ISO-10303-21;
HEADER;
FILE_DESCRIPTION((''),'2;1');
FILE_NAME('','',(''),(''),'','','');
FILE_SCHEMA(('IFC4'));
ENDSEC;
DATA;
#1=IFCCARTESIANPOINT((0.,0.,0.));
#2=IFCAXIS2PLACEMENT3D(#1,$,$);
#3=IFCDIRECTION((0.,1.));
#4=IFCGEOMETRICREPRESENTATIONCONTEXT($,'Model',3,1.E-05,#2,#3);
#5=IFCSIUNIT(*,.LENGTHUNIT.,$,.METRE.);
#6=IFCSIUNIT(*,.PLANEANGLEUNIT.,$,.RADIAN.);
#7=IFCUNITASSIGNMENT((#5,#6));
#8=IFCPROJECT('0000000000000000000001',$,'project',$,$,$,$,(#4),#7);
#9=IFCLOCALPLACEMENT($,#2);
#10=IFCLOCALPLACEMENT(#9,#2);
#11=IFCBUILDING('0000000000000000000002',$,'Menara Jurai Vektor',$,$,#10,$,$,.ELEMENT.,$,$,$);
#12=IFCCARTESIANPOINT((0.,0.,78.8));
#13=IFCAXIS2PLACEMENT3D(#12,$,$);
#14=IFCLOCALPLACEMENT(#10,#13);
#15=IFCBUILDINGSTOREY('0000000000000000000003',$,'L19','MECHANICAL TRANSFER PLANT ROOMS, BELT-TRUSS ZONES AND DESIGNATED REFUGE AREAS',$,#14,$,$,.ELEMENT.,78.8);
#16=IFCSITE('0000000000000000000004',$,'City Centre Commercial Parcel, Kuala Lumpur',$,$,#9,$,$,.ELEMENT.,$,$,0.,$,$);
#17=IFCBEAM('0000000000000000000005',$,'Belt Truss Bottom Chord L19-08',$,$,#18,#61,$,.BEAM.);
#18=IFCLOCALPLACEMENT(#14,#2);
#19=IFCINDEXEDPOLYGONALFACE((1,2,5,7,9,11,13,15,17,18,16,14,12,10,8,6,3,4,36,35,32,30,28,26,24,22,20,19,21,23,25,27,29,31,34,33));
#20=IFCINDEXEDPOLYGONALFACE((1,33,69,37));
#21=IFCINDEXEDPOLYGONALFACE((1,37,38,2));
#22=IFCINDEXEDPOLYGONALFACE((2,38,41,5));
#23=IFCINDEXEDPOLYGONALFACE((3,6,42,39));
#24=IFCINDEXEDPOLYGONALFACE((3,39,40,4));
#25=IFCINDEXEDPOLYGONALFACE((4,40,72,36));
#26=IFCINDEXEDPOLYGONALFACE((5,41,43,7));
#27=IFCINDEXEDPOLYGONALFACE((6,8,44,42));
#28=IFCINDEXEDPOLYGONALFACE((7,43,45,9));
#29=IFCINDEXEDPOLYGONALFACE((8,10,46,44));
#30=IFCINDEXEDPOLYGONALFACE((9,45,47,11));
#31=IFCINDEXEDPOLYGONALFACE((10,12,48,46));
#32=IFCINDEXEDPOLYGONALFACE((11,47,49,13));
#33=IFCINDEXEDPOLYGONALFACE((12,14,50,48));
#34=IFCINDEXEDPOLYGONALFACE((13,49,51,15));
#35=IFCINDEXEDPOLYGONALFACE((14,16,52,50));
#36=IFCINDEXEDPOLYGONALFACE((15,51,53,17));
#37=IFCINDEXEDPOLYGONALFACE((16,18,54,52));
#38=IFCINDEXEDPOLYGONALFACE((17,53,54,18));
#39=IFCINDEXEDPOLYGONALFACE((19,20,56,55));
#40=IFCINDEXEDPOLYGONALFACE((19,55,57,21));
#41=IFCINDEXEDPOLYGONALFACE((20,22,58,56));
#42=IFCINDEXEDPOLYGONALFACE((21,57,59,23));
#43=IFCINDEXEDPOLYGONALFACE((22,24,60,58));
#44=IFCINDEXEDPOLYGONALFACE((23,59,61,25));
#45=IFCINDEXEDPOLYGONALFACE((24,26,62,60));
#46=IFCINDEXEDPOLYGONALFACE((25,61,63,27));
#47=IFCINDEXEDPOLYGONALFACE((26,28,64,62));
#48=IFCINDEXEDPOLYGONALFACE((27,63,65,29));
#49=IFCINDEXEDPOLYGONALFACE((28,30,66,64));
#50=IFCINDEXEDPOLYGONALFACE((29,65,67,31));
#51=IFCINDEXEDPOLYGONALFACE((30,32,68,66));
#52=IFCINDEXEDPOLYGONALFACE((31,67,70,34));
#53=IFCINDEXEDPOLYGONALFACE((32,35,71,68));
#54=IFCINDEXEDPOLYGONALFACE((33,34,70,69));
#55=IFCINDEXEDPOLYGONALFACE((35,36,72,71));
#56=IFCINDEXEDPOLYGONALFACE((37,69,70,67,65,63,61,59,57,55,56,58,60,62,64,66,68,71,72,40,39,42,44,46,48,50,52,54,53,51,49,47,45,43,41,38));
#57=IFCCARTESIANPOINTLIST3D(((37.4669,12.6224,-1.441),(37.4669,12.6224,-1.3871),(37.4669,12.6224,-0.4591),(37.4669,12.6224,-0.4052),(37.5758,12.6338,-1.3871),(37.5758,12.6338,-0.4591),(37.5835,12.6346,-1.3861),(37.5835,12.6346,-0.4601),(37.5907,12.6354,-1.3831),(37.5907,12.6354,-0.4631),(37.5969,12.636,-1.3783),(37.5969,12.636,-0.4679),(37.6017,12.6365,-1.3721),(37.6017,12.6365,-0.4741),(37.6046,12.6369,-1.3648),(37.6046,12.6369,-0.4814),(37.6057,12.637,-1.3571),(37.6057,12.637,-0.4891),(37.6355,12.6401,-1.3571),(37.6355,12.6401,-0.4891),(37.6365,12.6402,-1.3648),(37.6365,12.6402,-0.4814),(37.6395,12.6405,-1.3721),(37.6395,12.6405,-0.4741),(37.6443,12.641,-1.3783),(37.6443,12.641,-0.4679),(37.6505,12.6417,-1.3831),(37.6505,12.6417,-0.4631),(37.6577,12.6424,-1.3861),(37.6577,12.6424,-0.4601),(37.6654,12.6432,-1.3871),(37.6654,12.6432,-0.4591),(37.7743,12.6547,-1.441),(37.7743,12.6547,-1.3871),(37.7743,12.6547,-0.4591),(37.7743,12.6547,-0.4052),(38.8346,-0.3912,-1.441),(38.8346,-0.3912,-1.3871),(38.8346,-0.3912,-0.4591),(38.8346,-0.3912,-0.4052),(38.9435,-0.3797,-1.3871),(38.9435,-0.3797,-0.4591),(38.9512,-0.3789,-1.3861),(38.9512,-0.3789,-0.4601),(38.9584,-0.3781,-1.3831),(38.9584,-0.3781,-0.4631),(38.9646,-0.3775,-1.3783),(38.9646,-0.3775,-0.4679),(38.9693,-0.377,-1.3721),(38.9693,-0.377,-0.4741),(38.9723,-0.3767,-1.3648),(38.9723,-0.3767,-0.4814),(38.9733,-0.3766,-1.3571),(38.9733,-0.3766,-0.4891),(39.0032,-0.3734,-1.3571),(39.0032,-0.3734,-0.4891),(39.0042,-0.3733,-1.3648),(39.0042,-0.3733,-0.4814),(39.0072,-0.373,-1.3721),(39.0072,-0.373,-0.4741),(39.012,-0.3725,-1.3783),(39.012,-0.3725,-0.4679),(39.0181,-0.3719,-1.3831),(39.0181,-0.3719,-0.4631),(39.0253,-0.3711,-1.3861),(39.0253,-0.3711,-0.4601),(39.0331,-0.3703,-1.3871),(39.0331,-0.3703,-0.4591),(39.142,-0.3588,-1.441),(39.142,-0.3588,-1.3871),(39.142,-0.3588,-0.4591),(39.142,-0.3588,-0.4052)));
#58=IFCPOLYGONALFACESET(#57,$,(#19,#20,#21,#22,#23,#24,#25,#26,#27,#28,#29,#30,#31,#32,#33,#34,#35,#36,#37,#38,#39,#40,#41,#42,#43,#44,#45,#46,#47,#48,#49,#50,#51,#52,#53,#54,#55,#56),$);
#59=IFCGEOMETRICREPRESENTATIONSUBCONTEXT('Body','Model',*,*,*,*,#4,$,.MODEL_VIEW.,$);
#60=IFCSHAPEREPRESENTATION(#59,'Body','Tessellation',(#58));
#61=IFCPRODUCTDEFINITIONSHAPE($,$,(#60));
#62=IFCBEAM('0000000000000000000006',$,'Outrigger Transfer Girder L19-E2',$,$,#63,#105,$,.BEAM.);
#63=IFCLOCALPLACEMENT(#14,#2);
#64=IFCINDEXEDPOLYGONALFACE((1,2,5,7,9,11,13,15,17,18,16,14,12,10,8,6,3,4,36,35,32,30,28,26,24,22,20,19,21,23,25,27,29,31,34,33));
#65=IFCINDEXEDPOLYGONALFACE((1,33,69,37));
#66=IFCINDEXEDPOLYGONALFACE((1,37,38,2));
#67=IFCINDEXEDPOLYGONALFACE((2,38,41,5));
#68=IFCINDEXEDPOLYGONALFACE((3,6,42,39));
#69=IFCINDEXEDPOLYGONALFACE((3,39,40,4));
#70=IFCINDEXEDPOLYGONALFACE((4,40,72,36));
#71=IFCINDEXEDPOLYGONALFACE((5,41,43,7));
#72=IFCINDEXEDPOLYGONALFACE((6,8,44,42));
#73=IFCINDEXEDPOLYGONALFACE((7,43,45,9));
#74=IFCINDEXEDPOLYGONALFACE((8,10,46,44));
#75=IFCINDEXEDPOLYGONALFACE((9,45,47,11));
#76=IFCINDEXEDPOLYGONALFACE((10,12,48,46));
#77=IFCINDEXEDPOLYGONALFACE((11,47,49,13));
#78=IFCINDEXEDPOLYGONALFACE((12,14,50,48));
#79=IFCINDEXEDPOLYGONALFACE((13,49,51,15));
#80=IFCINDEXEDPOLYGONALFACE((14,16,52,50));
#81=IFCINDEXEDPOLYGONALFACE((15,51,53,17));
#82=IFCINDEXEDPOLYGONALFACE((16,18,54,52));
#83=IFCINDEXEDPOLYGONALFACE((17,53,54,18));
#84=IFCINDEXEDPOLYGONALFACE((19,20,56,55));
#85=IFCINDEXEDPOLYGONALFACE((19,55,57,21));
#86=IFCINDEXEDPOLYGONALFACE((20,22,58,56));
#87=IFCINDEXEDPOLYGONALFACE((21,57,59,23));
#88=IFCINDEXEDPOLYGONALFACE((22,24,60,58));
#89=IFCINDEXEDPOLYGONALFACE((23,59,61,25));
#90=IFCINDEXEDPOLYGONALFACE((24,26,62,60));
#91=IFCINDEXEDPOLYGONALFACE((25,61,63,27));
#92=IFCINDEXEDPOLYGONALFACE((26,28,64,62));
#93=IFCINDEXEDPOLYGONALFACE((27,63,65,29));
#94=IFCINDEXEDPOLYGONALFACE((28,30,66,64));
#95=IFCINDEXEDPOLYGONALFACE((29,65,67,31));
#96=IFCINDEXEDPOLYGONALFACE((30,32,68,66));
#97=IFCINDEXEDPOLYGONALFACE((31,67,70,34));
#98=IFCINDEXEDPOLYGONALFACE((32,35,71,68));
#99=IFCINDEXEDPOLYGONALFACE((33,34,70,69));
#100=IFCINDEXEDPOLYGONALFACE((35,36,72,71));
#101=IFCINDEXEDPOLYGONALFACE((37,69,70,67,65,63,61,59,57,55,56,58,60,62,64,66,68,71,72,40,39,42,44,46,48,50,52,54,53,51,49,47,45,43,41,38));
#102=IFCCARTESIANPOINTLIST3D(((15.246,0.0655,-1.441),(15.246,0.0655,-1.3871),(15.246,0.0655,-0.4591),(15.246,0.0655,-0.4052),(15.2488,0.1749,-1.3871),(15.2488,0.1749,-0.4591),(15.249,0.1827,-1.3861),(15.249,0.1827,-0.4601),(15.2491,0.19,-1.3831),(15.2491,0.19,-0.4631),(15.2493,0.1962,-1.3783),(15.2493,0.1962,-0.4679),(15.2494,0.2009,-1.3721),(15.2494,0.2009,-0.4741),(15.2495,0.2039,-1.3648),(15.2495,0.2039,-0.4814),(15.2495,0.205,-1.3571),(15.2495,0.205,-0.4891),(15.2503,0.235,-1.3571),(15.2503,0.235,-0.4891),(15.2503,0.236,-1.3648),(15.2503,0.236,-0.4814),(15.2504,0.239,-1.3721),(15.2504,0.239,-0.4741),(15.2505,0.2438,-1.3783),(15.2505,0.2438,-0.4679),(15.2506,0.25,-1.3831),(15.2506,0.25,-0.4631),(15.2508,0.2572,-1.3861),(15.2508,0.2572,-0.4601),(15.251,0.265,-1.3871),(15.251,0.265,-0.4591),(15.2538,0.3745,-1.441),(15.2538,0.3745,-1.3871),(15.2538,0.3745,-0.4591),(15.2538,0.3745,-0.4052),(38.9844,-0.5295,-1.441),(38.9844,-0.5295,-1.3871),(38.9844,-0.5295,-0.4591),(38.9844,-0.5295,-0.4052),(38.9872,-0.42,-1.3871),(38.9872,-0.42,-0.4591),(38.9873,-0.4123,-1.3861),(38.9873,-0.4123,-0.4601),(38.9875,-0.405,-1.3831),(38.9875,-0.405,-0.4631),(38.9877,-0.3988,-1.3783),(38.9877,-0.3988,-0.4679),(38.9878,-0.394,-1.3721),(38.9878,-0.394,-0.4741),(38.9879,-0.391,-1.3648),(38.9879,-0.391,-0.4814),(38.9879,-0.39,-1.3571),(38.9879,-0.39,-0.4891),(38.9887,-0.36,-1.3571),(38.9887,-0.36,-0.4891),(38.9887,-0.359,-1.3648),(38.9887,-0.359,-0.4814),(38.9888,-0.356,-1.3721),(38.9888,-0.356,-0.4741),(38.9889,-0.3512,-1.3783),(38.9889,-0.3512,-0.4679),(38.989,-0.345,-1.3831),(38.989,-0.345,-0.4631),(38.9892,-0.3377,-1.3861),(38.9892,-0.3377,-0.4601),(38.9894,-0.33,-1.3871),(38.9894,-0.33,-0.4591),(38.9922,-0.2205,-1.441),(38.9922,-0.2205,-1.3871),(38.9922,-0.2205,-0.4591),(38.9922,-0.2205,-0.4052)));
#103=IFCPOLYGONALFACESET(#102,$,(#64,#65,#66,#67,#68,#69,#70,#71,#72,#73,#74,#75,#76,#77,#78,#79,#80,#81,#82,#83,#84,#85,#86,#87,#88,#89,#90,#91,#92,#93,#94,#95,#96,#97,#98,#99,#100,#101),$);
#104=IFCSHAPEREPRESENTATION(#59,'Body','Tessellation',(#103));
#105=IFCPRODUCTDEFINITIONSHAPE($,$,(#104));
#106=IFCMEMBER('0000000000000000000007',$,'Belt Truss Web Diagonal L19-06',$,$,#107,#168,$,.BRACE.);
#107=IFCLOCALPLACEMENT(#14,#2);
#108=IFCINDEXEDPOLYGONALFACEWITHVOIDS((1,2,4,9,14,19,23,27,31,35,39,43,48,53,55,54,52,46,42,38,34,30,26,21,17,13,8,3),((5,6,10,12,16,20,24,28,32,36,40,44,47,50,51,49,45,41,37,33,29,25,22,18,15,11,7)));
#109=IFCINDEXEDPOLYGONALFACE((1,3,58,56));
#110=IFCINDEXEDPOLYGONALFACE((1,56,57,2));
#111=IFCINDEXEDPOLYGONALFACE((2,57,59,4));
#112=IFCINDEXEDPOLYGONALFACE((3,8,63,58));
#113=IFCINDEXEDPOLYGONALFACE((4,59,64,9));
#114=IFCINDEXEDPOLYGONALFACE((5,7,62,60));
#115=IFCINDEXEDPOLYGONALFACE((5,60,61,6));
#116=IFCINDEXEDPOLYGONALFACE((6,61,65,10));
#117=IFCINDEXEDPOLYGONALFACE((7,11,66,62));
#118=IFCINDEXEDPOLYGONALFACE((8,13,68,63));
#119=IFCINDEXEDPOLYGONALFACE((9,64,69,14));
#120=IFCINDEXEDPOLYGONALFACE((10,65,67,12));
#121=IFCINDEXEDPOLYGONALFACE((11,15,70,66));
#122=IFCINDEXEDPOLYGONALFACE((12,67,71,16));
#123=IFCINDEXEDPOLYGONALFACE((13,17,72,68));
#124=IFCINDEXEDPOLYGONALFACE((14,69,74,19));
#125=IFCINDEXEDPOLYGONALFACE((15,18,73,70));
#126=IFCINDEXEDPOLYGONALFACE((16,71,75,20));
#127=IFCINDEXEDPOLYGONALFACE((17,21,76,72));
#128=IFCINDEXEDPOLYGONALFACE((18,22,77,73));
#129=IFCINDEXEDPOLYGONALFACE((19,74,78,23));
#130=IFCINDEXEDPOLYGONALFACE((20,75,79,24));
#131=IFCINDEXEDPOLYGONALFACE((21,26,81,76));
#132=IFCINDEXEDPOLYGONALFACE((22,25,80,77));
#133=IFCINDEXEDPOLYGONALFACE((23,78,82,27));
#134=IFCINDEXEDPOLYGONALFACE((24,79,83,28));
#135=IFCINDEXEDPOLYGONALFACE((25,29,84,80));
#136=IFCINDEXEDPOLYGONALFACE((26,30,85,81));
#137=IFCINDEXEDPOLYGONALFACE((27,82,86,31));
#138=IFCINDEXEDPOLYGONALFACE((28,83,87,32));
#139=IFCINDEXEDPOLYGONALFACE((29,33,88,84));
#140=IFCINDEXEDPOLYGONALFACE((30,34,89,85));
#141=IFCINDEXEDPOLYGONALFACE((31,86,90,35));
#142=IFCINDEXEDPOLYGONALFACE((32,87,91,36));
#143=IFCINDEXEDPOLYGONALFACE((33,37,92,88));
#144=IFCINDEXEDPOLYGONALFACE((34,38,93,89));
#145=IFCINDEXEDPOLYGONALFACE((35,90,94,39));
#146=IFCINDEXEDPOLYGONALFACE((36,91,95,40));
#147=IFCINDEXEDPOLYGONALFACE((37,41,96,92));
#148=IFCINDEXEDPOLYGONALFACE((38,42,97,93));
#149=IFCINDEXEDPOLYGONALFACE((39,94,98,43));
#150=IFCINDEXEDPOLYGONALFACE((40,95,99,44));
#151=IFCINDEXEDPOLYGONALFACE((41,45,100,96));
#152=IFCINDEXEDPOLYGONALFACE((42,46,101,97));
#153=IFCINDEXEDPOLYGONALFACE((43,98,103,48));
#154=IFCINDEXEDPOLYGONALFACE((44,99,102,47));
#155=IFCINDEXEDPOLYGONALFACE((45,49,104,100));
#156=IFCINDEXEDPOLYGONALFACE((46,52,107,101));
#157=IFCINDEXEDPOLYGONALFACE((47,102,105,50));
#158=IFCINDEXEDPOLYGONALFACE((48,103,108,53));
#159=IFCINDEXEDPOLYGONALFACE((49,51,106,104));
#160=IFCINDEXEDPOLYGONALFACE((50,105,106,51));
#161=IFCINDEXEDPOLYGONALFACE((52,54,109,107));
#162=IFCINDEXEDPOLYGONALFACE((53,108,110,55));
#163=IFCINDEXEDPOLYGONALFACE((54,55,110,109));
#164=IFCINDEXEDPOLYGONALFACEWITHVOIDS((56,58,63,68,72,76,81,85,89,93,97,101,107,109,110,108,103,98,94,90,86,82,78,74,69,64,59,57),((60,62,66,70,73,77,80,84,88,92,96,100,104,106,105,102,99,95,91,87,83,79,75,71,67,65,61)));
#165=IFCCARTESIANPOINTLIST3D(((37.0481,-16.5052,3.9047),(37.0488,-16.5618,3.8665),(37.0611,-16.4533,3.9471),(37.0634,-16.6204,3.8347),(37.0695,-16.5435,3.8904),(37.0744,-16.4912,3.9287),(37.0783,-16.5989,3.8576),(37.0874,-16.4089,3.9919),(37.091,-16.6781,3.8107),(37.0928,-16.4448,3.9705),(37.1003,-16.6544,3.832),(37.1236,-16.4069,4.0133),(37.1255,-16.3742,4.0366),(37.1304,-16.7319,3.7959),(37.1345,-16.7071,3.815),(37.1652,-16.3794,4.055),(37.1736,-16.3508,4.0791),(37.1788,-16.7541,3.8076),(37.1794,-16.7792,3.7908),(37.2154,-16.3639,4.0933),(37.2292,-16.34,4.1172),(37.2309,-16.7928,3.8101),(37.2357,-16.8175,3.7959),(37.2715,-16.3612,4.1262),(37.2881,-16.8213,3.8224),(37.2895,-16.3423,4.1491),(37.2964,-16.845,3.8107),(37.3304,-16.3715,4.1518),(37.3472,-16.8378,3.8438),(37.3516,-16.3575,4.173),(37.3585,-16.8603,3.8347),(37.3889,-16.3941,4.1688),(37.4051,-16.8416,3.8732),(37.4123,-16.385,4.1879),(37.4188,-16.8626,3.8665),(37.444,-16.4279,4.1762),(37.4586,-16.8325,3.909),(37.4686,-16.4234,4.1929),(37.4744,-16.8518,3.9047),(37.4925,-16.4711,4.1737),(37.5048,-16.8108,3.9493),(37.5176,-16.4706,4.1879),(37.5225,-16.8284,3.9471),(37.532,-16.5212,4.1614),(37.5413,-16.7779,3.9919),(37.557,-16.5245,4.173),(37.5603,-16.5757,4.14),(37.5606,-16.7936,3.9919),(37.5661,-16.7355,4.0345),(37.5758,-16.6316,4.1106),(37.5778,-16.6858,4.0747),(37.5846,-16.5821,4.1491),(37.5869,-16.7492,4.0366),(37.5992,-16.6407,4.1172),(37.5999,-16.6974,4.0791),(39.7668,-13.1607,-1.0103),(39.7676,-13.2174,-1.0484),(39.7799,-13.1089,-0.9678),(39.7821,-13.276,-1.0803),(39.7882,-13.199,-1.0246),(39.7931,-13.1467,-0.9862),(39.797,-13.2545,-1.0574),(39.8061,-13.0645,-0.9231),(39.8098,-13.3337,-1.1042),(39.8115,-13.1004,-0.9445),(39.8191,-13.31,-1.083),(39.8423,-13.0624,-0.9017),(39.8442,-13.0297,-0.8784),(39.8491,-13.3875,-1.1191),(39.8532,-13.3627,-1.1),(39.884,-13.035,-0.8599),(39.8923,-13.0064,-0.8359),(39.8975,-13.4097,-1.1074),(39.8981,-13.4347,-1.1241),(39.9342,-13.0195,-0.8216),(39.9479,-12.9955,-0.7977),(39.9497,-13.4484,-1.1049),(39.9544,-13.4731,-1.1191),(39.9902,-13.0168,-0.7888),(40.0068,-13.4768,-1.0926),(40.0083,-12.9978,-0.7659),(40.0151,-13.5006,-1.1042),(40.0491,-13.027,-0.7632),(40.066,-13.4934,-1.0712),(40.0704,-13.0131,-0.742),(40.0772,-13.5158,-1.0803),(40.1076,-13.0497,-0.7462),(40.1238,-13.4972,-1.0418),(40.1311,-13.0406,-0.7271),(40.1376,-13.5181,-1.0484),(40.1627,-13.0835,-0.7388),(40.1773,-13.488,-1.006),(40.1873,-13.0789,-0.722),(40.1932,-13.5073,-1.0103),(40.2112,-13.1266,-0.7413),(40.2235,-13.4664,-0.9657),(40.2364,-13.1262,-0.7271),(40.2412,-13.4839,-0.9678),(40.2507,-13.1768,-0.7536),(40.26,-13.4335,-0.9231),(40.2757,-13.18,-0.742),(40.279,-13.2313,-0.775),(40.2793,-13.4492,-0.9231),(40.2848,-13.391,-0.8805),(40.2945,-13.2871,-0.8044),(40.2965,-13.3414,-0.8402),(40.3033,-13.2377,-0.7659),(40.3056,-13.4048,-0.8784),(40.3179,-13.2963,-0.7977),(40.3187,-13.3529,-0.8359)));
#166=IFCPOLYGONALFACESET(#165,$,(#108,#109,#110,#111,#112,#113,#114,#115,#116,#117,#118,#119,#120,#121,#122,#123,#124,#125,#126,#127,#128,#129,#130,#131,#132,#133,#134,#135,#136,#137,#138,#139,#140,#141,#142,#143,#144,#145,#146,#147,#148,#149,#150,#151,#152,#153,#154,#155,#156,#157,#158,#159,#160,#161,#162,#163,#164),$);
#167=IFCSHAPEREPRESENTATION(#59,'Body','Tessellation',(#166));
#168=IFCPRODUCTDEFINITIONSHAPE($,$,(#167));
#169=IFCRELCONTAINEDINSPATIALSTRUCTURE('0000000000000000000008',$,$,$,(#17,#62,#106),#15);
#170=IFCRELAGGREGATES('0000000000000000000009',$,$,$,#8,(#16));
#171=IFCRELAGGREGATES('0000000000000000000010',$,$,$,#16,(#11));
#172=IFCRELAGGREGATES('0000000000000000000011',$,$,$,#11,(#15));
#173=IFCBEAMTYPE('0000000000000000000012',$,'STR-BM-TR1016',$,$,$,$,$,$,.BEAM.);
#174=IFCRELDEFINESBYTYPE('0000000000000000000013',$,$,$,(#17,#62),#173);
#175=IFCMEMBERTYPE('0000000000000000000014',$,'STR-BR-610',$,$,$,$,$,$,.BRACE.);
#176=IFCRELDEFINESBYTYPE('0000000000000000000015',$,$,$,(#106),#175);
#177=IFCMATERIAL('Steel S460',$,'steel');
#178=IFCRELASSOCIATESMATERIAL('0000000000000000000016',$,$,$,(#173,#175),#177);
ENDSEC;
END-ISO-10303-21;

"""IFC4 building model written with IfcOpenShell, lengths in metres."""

from ifc_helpers import new_model, si_unit, direction, frame, origin, origin_2d, place, context, subcontext, project, spatial, hollow_circle, i_section, extrude, material, material_profile, profile_set, type_object, element, save


model = new_model("IFC4")

# Units and contexts
model_context = context("Model", 3, precision=1e-05, world=origin(), true_north=direction((0.0, 1.0)))
body_context = subcontext(model_context, "Body", "Model", "MODEL_VIEW")
ifc_project = project(units=[si_unit("LENGTHUNIT", "METRE"), si_unit("PLANEANGLEUNIT", "RADIAN")], contexts=[model_context])

# Site, building, storey
site_placement = place(None, origin())
site = spatial("IfcSite", under=ifc_project, at=site_placement, Name="City Centre Commercial Parcel, Kuala Lumpur", CompositionType="ELEMENT", RefElevation=0.0)
building_placement = place(site_placement, origin())
building = spatial("IfcBuilding", under=site, at=building_placement, Name="Menara Jurai Vektor", CompositionType="ELEMENT")
storey_placement = place(building_placement, frame((0.0, 0.0, 78.8)))
storey = spatial("IfcBuildingStorey", under=building, at=storey_placement, Name="L19", Description="MECHANICAL TRANSFER PLANT ROOMS, BELT-TRUSS ZONES AND DESIGNATED REFUGE AREAS", CompositionType="ELEMENT", Elevation=78.8)

# Shared definitions
ifc_material_1 = material(Name="Steel S460", Category="steel")

# Beams
ifc_material_profile_1 = material_profile(ifc_material_1, i_section(OverallWidth=0.3091, OverallDepth=1.0359, WebThickness=0.03, FlangeThickness=0.054, FilletRadius=0.03, at=origin_2d()), Name="UKB 1016x305x487")
ifc_profile_set_1 = profile_set([ifc_material_profile_1], Name="Steel S460")
beam_type_1 = type_object("IfcBeamType", Name="STR-BM-TR1016", PredefinedType="BEAM", material=ifc_profile_set_1)
beam_1_placement = place(storey_placement, frame((38.9883, -0.375, -0.9231), z_axis=(-0.104522, 0.994523, 0.0), x_axis=(-0.994523, -0.104522, 0.0)))
element("IfcBeam", 1, at=beam_1_placement, inside=storey, type_object=beam_type_1, Name="Belt Truss Bottom Chord L19-08", PredefinedType="BEAM", context=body_context, shape_type="SweptSolid", body=[
    extrude(i_section(OverallWidth=0.3091, OverallDepth=1.0359, WebThickness=0.03, FlangeThickness=0.054, FilletRadius=0.03, at=origin_2d()), origin(), (0.0, 0.0, 1.0), 13.0852),
])
beam_2_placement = place(storey_placement, frame((38.9883, -0.375, -0.9231), z_axis=(-0.999686, 0.025056, 0.0), x_axis=(-0.025056, -0.999686, 0.0)))
element("IfcBeam", 2, at=beam_2_placement, inside=storey, type_object=beam_type_1, Name="Outrigger Transfer Girder L19-E2", PredefinedType="BEAM", context=body_context, shape_type="SweptSolid", body=[
    extrude(i_section(OverallWidth=0.3091, OverallDepth=1.0359, WebThickness=0.03, FlangeThickness=0.054, FilletRadius=0.03, at=origin_2d()), origin(), (0.0, 0.0, 1.0), 23.7458),
])

# Member
ifc_material_profile_2 = material_profile(ifc_material_1, hollow_circle(Radius=0.3049, WallThickness=0.0249, at=origin_2d()), Name="CHS 610x25")
ifc_profile_set_2 = profile_set([ifc_material_profile_2], Name="Steel S460")
member_type_1 = type_object("IfcMemberType", Name="STR-BR-610", PredefinedType="BRACE", material=ifc_profile_set_2)
member_1_placement = place(storey_placement, frame((40.0427, -13.2568, -0.9231), z_axis=(-0.41589, -0.511609, 0.751859), x_axis=(0.77596, -0.630782, 0.0)))
element("IfcMember", 3, at=member_1_placement, inside=storey, type_object=member_type_1, Name="Belt Truss Web Diagonal L19-06", PredefinedType="BRACE", context=body_context, shape_type="SweptSolid", body=[
    extrude(hollow_circle(Radius=0.3049, WallThickness=0.0249, at=origin_2d()), origin(), (0.0, 0.0, 1.0), 6.5371),
])

save(model, "model.ifc")
